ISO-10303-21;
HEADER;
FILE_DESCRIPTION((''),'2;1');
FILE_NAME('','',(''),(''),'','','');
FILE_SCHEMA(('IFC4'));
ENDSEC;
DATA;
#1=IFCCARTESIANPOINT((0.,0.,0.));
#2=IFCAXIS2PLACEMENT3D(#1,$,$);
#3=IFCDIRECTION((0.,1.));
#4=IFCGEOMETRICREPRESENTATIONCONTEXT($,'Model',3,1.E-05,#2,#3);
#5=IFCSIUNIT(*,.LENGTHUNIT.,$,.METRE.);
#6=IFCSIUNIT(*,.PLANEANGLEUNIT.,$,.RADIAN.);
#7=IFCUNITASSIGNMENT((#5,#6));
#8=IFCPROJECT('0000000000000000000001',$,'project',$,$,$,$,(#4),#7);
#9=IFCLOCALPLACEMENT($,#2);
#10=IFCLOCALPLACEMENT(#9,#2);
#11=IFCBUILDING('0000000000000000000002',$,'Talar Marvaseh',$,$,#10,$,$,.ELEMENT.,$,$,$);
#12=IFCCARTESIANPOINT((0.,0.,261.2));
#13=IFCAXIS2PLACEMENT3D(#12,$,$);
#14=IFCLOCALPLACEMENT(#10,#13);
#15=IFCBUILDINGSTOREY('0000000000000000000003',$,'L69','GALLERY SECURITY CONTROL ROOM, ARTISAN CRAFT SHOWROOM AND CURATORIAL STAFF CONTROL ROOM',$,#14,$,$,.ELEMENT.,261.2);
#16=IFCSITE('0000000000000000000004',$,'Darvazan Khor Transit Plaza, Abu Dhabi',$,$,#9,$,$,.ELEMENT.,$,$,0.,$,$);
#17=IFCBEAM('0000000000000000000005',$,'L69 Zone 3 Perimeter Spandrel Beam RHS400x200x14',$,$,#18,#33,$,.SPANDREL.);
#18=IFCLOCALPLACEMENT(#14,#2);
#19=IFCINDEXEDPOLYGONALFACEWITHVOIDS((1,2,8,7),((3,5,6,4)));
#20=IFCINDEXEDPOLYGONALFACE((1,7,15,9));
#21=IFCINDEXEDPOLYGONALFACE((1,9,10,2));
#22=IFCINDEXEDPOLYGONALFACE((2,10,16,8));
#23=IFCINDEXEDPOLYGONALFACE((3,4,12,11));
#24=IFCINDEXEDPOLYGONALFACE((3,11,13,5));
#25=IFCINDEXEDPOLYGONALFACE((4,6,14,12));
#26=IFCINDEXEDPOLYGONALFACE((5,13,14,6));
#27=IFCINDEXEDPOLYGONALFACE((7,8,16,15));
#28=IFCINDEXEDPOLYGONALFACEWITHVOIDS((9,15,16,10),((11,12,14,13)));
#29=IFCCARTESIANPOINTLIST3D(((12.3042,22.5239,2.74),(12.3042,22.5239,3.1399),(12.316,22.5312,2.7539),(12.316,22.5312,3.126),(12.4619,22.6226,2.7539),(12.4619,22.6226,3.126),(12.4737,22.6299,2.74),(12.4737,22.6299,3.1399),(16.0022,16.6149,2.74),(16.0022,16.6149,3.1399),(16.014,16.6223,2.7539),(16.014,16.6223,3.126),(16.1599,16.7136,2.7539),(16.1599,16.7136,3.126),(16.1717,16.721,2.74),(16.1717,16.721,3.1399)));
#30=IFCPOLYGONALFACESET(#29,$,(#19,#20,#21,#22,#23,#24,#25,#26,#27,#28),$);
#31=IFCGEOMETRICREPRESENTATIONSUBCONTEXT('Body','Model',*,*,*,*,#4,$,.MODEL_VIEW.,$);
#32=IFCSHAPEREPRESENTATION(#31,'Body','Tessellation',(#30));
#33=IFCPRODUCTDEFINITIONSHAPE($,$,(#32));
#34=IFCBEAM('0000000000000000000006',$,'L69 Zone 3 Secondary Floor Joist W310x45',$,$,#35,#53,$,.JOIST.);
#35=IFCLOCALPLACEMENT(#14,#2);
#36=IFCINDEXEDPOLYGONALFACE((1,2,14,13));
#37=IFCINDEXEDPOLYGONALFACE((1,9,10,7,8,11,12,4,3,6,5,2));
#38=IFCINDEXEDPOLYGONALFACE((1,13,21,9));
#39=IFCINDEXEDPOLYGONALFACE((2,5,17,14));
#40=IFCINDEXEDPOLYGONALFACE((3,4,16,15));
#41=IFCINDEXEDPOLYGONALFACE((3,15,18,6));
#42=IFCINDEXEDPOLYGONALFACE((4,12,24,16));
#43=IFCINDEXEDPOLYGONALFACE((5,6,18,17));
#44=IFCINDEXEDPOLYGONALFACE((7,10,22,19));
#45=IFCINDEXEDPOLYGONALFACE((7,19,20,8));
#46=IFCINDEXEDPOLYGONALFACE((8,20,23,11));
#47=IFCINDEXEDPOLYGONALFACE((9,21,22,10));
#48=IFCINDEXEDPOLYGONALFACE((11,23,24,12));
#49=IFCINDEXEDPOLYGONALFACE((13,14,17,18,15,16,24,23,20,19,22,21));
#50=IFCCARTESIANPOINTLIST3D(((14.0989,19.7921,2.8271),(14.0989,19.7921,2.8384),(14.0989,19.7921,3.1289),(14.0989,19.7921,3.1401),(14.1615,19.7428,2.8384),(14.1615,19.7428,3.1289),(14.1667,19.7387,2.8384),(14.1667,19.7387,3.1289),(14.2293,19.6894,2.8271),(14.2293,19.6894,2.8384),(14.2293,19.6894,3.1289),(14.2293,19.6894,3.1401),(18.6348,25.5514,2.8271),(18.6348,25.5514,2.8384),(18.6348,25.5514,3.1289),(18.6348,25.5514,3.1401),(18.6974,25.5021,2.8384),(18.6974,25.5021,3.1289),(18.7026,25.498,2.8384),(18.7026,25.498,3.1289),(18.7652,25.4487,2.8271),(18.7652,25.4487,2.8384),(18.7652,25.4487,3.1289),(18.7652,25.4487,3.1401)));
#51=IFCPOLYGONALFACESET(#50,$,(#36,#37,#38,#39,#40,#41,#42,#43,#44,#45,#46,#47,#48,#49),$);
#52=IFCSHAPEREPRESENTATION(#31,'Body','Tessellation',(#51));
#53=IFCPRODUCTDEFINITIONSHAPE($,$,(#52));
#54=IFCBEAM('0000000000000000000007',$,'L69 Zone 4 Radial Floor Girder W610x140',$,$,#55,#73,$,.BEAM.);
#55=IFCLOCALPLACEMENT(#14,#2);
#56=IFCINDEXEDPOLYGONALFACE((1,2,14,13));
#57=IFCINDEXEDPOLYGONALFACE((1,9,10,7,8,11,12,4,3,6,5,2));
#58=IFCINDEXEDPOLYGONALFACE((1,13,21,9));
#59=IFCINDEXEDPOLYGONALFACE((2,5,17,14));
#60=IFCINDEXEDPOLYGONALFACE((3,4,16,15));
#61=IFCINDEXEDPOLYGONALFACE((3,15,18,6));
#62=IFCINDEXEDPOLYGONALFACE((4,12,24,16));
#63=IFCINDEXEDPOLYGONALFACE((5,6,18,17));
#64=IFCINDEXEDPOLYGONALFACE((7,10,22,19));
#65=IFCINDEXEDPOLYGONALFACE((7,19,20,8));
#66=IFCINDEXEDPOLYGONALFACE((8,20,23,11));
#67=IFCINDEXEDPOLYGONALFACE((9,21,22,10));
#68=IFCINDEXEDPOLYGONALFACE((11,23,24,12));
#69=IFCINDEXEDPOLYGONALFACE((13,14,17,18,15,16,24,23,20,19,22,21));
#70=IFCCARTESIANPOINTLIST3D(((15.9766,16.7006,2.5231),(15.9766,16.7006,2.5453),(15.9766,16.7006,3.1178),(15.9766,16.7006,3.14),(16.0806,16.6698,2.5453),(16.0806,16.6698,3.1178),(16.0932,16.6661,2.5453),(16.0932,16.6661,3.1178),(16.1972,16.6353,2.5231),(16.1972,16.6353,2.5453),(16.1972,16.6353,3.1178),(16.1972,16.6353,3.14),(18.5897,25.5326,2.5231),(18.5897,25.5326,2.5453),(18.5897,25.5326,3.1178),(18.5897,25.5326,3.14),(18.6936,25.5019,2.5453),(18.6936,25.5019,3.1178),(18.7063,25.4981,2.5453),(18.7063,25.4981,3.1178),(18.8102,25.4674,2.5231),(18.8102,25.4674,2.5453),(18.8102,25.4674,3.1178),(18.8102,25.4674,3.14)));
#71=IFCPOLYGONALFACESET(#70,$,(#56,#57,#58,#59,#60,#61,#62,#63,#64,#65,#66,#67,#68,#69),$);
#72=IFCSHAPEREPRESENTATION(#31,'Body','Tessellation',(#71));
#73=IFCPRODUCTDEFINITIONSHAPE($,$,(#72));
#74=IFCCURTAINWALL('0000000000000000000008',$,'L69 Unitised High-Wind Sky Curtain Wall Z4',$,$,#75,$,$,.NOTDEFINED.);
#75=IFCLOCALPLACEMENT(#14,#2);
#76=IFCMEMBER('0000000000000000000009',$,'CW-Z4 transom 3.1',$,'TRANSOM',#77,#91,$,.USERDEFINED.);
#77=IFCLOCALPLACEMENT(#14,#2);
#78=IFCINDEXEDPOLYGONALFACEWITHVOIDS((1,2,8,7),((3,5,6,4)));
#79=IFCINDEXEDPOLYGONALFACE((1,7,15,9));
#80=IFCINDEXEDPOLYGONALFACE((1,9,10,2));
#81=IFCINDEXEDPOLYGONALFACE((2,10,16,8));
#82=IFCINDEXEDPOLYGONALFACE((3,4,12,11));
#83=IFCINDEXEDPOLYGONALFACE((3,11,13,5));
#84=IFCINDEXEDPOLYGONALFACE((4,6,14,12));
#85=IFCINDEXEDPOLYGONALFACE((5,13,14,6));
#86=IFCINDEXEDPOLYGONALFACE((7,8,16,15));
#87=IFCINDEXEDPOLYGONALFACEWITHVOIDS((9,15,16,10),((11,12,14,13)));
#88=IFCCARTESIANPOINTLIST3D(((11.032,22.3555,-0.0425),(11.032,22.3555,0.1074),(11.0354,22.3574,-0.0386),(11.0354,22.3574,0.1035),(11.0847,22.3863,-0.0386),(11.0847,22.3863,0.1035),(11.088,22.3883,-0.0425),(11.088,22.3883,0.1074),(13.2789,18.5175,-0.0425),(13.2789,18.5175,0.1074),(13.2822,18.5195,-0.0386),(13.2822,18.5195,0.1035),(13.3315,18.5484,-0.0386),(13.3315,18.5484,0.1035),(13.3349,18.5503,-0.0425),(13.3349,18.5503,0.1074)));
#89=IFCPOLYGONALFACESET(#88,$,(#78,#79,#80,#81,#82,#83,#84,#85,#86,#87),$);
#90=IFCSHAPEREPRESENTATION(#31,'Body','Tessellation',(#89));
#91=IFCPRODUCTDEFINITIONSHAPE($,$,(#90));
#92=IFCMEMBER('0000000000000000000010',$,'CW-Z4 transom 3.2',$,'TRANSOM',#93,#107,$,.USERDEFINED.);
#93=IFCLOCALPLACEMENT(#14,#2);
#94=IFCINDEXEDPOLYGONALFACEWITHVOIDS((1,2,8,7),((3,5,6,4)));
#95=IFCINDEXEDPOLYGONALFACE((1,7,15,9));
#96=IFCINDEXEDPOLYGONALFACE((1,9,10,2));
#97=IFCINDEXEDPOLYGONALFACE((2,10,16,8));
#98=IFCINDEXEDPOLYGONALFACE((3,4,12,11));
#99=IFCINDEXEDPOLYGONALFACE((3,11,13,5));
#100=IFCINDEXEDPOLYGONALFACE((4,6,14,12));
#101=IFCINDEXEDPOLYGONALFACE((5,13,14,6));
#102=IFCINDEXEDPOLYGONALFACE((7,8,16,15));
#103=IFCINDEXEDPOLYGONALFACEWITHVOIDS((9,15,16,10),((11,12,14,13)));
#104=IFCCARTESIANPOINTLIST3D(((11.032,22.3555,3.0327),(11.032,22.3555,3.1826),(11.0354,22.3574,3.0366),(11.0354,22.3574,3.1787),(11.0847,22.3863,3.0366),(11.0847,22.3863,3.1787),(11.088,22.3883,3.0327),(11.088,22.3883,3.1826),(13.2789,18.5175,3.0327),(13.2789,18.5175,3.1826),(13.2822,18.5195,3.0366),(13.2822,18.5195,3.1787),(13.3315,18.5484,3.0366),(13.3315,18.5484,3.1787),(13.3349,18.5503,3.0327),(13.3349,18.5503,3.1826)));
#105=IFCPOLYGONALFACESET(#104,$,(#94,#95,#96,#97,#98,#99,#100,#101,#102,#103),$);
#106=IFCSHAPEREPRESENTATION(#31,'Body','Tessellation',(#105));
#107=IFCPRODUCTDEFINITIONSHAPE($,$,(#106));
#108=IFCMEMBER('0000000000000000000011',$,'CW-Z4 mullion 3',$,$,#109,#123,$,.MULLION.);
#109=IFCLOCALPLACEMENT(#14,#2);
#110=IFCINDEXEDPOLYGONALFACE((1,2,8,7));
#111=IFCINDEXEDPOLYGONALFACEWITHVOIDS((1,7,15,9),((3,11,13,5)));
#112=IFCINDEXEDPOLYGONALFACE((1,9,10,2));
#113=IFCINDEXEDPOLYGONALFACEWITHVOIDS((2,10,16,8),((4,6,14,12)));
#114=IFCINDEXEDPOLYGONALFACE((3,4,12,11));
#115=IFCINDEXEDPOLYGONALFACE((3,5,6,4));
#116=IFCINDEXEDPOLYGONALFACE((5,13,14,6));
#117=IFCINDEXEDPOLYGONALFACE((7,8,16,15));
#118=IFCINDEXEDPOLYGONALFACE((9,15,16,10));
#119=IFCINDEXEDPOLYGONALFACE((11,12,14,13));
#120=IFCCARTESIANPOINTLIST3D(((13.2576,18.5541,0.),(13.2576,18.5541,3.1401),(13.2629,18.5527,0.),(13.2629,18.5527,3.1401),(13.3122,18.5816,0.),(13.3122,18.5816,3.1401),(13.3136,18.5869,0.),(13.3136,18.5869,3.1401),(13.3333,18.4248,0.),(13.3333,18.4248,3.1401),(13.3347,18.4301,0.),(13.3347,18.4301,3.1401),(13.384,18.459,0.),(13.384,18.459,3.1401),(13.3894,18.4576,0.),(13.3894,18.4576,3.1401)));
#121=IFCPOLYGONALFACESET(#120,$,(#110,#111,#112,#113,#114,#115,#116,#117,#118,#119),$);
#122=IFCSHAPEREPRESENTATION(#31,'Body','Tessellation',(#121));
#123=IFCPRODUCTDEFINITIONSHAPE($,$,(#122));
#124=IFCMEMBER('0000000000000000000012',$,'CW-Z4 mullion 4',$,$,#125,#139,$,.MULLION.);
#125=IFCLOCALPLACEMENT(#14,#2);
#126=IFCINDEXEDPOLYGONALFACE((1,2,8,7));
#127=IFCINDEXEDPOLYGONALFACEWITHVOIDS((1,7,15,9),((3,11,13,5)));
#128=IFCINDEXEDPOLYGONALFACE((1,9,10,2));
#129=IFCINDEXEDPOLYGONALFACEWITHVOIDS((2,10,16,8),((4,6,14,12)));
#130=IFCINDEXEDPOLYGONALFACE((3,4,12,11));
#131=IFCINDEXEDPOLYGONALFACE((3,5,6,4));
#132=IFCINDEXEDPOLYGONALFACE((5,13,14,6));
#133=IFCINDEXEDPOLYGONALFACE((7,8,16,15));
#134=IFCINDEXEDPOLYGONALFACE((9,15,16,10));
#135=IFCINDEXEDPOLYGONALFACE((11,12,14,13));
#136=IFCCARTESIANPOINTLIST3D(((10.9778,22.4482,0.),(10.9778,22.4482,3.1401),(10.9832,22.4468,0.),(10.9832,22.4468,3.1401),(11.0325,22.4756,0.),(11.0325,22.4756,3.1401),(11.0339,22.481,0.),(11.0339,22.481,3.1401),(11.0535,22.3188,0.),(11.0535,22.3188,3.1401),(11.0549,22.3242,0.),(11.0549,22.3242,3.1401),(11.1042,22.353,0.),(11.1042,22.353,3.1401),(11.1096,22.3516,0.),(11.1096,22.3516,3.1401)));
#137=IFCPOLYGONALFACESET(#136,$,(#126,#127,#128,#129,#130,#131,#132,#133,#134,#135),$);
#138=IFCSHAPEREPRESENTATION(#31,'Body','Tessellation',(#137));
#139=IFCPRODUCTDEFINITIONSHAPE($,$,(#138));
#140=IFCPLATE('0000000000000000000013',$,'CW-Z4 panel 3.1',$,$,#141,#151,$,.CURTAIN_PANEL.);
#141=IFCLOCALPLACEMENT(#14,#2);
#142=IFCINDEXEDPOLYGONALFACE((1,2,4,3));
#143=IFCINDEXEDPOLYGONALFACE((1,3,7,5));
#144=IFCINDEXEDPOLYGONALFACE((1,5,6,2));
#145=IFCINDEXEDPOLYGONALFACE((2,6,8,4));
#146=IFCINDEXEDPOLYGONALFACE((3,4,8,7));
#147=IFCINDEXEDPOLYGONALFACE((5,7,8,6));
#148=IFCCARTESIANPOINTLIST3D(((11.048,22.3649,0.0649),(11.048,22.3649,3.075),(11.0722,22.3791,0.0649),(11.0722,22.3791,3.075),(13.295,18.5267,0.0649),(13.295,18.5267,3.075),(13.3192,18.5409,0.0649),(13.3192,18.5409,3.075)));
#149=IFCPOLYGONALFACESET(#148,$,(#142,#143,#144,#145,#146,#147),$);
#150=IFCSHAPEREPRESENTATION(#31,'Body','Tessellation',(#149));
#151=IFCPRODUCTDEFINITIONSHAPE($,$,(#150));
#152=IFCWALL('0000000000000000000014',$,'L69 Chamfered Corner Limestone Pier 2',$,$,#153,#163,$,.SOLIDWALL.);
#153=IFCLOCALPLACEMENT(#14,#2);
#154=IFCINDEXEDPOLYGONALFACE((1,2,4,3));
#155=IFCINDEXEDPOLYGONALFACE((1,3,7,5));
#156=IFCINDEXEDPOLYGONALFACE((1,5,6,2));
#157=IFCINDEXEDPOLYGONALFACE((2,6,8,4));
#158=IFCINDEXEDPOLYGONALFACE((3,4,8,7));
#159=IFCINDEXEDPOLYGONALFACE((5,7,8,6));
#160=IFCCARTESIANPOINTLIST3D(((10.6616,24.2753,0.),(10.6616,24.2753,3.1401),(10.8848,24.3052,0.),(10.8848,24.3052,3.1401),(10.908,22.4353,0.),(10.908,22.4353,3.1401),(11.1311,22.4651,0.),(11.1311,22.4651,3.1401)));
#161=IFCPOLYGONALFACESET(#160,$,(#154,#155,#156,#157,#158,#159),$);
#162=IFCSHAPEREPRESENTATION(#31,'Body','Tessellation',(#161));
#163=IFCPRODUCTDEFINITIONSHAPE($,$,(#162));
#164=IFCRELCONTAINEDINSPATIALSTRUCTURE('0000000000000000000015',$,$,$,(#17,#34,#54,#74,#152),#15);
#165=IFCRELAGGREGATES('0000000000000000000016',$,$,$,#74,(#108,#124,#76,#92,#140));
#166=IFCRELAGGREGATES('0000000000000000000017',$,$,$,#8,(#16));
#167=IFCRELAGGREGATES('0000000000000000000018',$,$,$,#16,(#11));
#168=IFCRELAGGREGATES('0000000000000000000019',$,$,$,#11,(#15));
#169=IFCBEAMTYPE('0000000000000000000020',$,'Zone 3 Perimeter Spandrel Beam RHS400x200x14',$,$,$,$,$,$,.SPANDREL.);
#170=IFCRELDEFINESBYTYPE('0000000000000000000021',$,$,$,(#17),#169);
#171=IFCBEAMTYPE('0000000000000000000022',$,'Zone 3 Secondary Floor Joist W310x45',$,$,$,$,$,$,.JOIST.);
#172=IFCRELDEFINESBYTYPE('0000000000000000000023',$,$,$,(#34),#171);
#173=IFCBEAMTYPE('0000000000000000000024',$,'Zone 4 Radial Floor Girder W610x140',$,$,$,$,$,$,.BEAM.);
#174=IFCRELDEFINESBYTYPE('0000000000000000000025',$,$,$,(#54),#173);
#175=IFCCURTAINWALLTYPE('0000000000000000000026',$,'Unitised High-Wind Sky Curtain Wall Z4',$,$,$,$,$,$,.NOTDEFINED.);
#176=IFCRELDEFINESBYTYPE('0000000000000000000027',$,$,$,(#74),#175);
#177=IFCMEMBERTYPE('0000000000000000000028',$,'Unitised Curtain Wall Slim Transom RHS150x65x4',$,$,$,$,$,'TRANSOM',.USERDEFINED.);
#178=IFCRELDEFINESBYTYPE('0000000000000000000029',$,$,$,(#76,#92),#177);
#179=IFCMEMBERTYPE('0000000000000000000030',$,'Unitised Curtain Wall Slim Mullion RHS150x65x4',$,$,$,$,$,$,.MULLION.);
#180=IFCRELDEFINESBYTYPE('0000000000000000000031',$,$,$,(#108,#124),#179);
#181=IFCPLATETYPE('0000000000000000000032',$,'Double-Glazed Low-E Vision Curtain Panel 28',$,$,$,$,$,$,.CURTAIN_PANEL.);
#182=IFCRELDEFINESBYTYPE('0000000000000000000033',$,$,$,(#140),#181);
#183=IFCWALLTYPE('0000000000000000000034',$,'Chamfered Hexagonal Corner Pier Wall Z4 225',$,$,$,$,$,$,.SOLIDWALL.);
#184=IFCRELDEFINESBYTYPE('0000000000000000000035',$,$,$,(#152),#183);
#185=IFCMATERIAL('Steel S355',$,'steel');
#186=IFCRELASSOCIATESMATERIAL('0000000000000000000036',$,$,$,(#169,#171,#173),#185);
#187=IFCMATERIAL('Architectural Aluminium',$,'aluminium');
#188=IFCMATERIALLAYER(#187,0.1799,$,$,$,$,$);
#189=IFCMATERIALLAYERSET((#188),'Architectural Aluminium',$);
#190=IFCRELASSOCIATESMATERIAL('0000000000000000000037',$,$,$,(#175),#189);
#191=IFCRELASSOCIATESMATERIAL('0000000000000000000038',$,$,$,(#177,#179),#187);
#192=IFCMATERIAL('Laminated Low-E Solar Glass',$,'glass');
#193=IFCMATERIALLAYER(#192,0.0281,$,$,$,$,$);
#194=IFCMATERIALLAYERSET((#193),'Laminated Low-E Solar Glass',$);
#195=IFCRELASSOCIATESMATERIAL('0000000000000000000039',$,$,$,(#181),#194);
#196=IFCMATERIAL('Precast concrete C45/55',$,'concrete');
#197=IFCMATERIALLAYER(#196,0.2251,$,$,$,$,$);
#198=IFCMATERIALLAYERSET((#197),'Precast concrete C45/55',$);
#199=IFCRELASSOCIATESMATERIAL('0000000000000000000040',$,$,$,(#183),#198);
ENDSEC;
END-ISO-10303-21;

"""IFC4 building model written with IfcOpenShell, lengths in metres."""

from ifc_helpers import new_model, si_unit, direction, frame, frame_2d, origin, origin_2d, place, context, subcontext, project, spatial, rectangle, hollow_rectangle, i_section, extrude, source, transform, mapped, material, layer, layer_set, material_profile, profile_set, type_object, type_shapes, element, aggregate, save


model = new_model("IFC4")

# Units and contexts
model_context = context("Model", 3, precision=1e-05, world=origin(), true_north=direction((0.0, 1.0)))
body_context = subcontext(model_context, "Body", "Model", "MODEL_VIEW")
ifc_project = project(units=[si_unit("LENGTHUNIT", "METRE"), si_unit("PLANEANGLEUNIT", "RADIAN")], contexts=[model_context])

# Site, building, storey
site_placement = place(None, origin())
site = spatial("IfcSite", under=ifc_project, at=site_placement, Name="Darvazan Khor Transit Plaza, Abu Dhabi", CompositionType="ELEMENT", RefElevation=0.0)
building_placement = place(site_placement, origin())
building = spatial("IfcBuilding", under=site, at=building_placement, Name="Talar Marvaseh", CompositionType="ELEMENT")
storey_placement = place(building_placement, frame((0.0, 0.0, 261.2)))
storey = spatial("IfcBuildingStorey", under=building, at=storey_placement, Name="L69", Description="GALLERY SECURITY CONTROL ROOM, ARTISAN CRAFT SHOWROOM AND CURATORIAL STAFF CONTROL ROOM", CompositionType="ELEMENT", Elevation=261.2)

# Beams
ifc_material_1 = material(Name="Steel S355", Category="steel")
ifc_material_profile_1 = material_profile(ifc_material_1, hollow_rectangle(XDim=0.2, YDim=0.3999, WallThickness=0.0139, at=origin_2d()), Name="RHS400x200x14")
ifc_profile_set_1 = profile_set([ifc_material_profile_1], Name="Steel S355")
beam_type_1 = type_object("IfcBeamType", Name="Zone 3 Perimeter Spandrel Beam RHS400x200x14", PredefinedType="SPANDREL", material=ifc_profile_set_1)
beam_1_placement = place(storey_placement, frame((16.0869, 16.668, 2.9399), z_axis=(-0.530506, 0.847681, 0.0), x_axis=(-0.847681, -0.530506, 0.0)))
element("IfcBeam", 1, at=beam_1_placement, inside=storey, type_object=beam_type_1, Name="L69 Zone 3 Perimeter Spandrel Beam RHS400x200x14", PredefinedType="SPANDREL", context=body_context, shape_type="SweptSolid", body=[
    extrude(hollow_rectangle(XDim=0.2, YDim=0.3999, WallThickness=0.0139, at=origin_2d()), origin(), (0.0, 0.0, 1.0), 6.9707),
])
ifc_material_profile_2 = material_profile(ifc_material_1, i_section(OverallWidth=0.166, OverallDepth=0.313, WebThickness=0.0066, FlangeThickness=0.0112, at=origin_2d()), Name="W310x45")
ifc_profile_set_2 = profile_set([ifc_material_profile_2], Name="Steel S355")
beam_type_2 = type_object("IfcBeamType", Name="Zone 3 Secondary Floor Joist W310x45", PredefinedType="JOIST", material=ifc_profile_set_2)
beam_2_placement = place(storey_placement, frame((14.1641, 19.7407, 2.9836), z_axis=(0.618727, 0.785606, 0.0), x_axis=(-0.785606, 0.618727, 0.0)))
element("IfcBeam", 2, at=beam_2_placement, inside=storey, type_object=beam_type_2, Name="L69 Zone 3 Secondary Floor Joist W310x45", PredefinedType="JOIST", context=body_context, shape_type="SweptSolid", body=[
    extrude(i_section(OverallWidth=0.166, OverallDepth=0.313, WebThickness=0.0066, FlangeThickness=0.0112, at=origin_2d()), origin(), (0.0, 0.0, 1.0), 7.3311),
])
ifc_material_profile_3 = material_profile(ifc_material_1, i_section(OverallWidth=0.23, OverallDepth=0.6169, WebThickness=0.0132, FlangeThickness=0.0222, at=origin_2d()), Name="W610x140")
ifc_profile_set_3 = profile_set([ifc_material_profile_3], Name="Steel S355")
beam_type_3 = type_object("IfcBeamType", Name="Zone 4 Radial Floor Girder W610x140", PredefinedType="BEAM", material=ifc_profile_set_3)
beam_3_placement = place(storey_placement, frame((16.0869, 16.668, 2.8315), z_axis=(0.283703, 0.958912, 0.0), x_axis=(-0.958912, 0.283703, 0.0)))
element("IfcBeam", 3, at=beam_3_placement, inside=storey, type_object=beam_type_3, Name="L69 Zone 4 Radial Floor Girder W610x140", PredefinedType="BEAM", context=body_context, shape_type="SweptSolid", body=[
    extrude(i_section(OverallWidth=0.23, OverallDepth=0.6169, WebThickness=0.0132, FlangeThickness=0.0222, at=origin_2d()), origin(), (0.0, 0.0, 1.0), 9.2104),
])

# Curtain wall, members, plate
ifc_material_2 = material(Name="Architectural Aluminium", Category="aluminium")
ifc_layer_1 = layer(ifc_material_2, 0.1799)
ifc_layer_set_1 = layer_set([ifc_layer_1], Name="Architectural Aluminium")
curtain_wall_type = type_object("IfcCurtainWallType", Name="Unitised High-Wind Sky Curtain Wall Z4", PredefinedType="NOTDEFINED", material=ifc_layer_set_1)
curtain_wall_placement = place(storey_placement, origin())
curtain_wall = element("IfcCurtainWall", 4, at=curtain_wall_placement, inside=storey, type_object=curtain_wall_type, Name="L69 Unitised High-Wind Sky Curtain Wall Z4", PredefinedType="NOTDEFINED")
ifc_material_profile_4 = material_profile(ifc_material_2, hollow_rectangle(XDim=0.0649, YDim=0.1499, WallThickness=0.0039, at=origin_2d()), Name="RHS150x65x4")
ifc_profile_set_4 = profile_set([ifc_material_profile_4], Name="Architectural Aluminium")
member_type_1 = type_object("IfcMemberType", Name="Unitised Curtain Wall Slim Transom RHS150x65x4", ElementType="TRANSOM", PredefinedType="USERDEFINED", material=ifc_profile_set_4)
shared_shape_1 = source(origin(), body_context, "Body", "SweptSolid", [
    extrude(hollow_rectangle(XDim=0.0649, YDim=0.1499, WallThickness=0.0039, at=origin_2d()), origin(), (0.0, 0.0, 1.0), 4.4473),
])
type_shapes(member_type_1, [shared_shape_1])
member_1_placement = place(storey_placement, frame((13.3069, 18.5339, 0.0325), z_axis=(-0.505222, 0.862989, 0.0), x_axis=(-0.862989, -0.505222, 0.0)))
member_1 = element("IfcMember", 5, at=member_1_placement, type_object=member_type_1, Name="CW-Z4 transom 3.1", ObjectType="TRANSOM", PredefinedType="USERDEFINED", context=body_context, shape_type="MappedRepresentation", body=[
    mapped(shared_shape_1, transform((0.0, 0.0, 0.0), x_axis=(1.0, 0.0, 0.0), y_axis=(0.0, 1.0, 0.0), z_axis=(0.0, 0.0, 1.0), scale=1.0)),
])
member_2_placement = place(storey_placement, frame((13.3069, 18.5339, 3.1077), z_axis=(-0.505222, 0.862989, 0.0), x_axis=(-0.862989, -0.505222, 0.0)))
member_2 = element("IfcMember", 6, at=member_2_placement, type_object=member_type_1, Name="CW-Z4 transom 3.2", ObjectType="TRANSOM", PredefinedType="USERDEFINED", context=body_context, shape_type="MappedRepresentation", body=[
    mapped(shared_shape_1, transform((0.0, 0.0, 0.0), x_axis=(1.0, 0.0, 0.0), y_axis=(0.0, 1.0, 0.0), z_axis=(0.0, 0.0, 1.0), scale=1.0)),
])
ifc_material_profile_5 = material_profile(ifc_material_2, hollow_rectangle(XDim=0.0649, YDim=0.1499, WallThickness=0.0039, at=origin_2d()), Name="RHS150x65x4")
ifc_profile_set_5 = profile_set([ifc_material_profile_5], Name="Architectural Aluminium")
member_type_2 = type_object("IfcMemberType", Name="Unitised Curtain Wall Slim Mullion RHS150x65x4", PredefinedType="MULLION", material=ifc_profile_set_5)
shared_shape_2 = source(origin(), body_context, "Body", "SweptSolid", [
    extrude(hollow_rectangle(XDim=0.0649, YDim=0.1499, WallThickness=0.0039, at=origin_2d()), origin(), (0.0, 0.0, 1.0), 3.1401),
])
type_shapes(member_type_2, [shared_shape_2])
member_3_placement = place(storey_placement, frame((13.3235, 18.5059, 0.0), z_axis=(0.0, 0.0, 1.0), x_axis=(-0.862991, -0.505219, 0.0)))
member_3 = element("IfcMember", 7, at=member_3_placement, type_object=member_type_2, Name="CW-Z4 mullion 3", PredefinedType="MULLION", context=body_context, shape_type="MappedRepresentation", body=[
    mapped(shared_shape_2, transform((0.0, 0.0, 0.0), x_axis=(1.0, 0.0, 0.0), y_axis=(0.0, 1.0, 0.0), z_axis=(0.0, 0.0, 1.0), scale=1.0)),
])
member_4_placement = place(storey_placement, frame((11.0437, 22.3999, 0.0), z_axis=(0.0, 0.0, 1.0), x_axis=(-0.862991, -0.505219, 0.0)))
member_4 = element("IfcMember", 8, at=member_4_placement, type_object=member_type_2, Name="CW-Z4 mullion 4", PredefinedType="MULLION", context=body_context, shape_type="MappedRepresentation", body=[
    mapped(shared_shape_2, transform((0.0, 0.0, 0.0), x_axis=(1.0, 0.0, 0.0), y_axis=(0.0, 1.0, 0.0), z_axis=(0.0, 0.0, 1.0), scale=1.0)),
])
ifc_material_3 = material(Name="Laminated Low-E Solar Glass", Category="glass")
ifc_layer_2 = layer(ifc_material_3, 0.0281)
ifc_layer_set_2 = layer_set([ifc_layer_2], Name="Laminated Low-E Solar Glass")
plate_type = type_object("IfcPlateType", Name="Double-Glazed Low-E Vision Curtain Panel 28", PredefinedType="CURTAIN_PANEL", material=ifc_layer_set_2)
shared_shape_3 = source(origin(), body_context, "Body", "SweptSolid", [
    extrude(rectangle(XDim=4.4475, YDim=0.0281, at=origin_2d()), origin(), (0.0, 0.0, 1.0), 3.01),
])
type_shapes(plate_type, [shared_shape_3])
plate_placement = place(storey_placement, frame((12.1836, 20.4529, 0.0649), z_axis=(0.0, 0.0, 1.0), x_axis=(-0.505219, 0.862991, 0.0)))
plate = element("IfcPlate", 9, at=plate_placement, type_object=plate_type, Name="CW-Z4 panel 3.1", PredefinedType="CURTAIN_PANEL", context=body_context, shape_type="MappedRepresentation", body=[
    mapped(shared_shape_3, transform((0.0, 0.0, 0.0), x_axis=(1.0, 0.0, 0.0), y_axis=(0.0, 1.0, 0.0), z_axis=(0.0, 0.0, 1.0), scale=1.0)),
])
aggregate(curtain_wall, [member_3, member_4, member_1, member_2, plate])

# Wall
ifc_material_4 = material(Name="Precast concrete C45/55", Category="concrete")
ifc_layer_3 = layer(ifc_material_4, 0.2251)
ifc_layer_set_3 = layer_set([ifc_layer_3], Name="Precast concrete C45/55")
wall_type = type_object("IfcWallType", Name="Chamfered Hexagonal Corner Pier Wall Z4 225", PredefinedType="SOLIDWALL", material=ifc_layer_set_3)
wall_placement = place(storey_placement, frame((11.0195, 22.4502, 0.0), z_axis=(0.0, 0.0, 1.0), x_axis=(-0.132689, 0.991158, 0.0)))
element("IfcWall", 10, at=wall_placement, inside=storey, type_object=wall_type, Name="L69 Chamfered Corner Limestone Pier 2", PredefinedType="SOLIDWALL", context=body_context, shape_type="SweptSolid", body=[
    extrude(rectangle(XDim=1.8564, YDim=0.2251, at=frame_2d((0.9282, 0.0))), origin(), (0.0, 0.0, 1.0), 3.1401),
])

save(model, "model.ifc")
